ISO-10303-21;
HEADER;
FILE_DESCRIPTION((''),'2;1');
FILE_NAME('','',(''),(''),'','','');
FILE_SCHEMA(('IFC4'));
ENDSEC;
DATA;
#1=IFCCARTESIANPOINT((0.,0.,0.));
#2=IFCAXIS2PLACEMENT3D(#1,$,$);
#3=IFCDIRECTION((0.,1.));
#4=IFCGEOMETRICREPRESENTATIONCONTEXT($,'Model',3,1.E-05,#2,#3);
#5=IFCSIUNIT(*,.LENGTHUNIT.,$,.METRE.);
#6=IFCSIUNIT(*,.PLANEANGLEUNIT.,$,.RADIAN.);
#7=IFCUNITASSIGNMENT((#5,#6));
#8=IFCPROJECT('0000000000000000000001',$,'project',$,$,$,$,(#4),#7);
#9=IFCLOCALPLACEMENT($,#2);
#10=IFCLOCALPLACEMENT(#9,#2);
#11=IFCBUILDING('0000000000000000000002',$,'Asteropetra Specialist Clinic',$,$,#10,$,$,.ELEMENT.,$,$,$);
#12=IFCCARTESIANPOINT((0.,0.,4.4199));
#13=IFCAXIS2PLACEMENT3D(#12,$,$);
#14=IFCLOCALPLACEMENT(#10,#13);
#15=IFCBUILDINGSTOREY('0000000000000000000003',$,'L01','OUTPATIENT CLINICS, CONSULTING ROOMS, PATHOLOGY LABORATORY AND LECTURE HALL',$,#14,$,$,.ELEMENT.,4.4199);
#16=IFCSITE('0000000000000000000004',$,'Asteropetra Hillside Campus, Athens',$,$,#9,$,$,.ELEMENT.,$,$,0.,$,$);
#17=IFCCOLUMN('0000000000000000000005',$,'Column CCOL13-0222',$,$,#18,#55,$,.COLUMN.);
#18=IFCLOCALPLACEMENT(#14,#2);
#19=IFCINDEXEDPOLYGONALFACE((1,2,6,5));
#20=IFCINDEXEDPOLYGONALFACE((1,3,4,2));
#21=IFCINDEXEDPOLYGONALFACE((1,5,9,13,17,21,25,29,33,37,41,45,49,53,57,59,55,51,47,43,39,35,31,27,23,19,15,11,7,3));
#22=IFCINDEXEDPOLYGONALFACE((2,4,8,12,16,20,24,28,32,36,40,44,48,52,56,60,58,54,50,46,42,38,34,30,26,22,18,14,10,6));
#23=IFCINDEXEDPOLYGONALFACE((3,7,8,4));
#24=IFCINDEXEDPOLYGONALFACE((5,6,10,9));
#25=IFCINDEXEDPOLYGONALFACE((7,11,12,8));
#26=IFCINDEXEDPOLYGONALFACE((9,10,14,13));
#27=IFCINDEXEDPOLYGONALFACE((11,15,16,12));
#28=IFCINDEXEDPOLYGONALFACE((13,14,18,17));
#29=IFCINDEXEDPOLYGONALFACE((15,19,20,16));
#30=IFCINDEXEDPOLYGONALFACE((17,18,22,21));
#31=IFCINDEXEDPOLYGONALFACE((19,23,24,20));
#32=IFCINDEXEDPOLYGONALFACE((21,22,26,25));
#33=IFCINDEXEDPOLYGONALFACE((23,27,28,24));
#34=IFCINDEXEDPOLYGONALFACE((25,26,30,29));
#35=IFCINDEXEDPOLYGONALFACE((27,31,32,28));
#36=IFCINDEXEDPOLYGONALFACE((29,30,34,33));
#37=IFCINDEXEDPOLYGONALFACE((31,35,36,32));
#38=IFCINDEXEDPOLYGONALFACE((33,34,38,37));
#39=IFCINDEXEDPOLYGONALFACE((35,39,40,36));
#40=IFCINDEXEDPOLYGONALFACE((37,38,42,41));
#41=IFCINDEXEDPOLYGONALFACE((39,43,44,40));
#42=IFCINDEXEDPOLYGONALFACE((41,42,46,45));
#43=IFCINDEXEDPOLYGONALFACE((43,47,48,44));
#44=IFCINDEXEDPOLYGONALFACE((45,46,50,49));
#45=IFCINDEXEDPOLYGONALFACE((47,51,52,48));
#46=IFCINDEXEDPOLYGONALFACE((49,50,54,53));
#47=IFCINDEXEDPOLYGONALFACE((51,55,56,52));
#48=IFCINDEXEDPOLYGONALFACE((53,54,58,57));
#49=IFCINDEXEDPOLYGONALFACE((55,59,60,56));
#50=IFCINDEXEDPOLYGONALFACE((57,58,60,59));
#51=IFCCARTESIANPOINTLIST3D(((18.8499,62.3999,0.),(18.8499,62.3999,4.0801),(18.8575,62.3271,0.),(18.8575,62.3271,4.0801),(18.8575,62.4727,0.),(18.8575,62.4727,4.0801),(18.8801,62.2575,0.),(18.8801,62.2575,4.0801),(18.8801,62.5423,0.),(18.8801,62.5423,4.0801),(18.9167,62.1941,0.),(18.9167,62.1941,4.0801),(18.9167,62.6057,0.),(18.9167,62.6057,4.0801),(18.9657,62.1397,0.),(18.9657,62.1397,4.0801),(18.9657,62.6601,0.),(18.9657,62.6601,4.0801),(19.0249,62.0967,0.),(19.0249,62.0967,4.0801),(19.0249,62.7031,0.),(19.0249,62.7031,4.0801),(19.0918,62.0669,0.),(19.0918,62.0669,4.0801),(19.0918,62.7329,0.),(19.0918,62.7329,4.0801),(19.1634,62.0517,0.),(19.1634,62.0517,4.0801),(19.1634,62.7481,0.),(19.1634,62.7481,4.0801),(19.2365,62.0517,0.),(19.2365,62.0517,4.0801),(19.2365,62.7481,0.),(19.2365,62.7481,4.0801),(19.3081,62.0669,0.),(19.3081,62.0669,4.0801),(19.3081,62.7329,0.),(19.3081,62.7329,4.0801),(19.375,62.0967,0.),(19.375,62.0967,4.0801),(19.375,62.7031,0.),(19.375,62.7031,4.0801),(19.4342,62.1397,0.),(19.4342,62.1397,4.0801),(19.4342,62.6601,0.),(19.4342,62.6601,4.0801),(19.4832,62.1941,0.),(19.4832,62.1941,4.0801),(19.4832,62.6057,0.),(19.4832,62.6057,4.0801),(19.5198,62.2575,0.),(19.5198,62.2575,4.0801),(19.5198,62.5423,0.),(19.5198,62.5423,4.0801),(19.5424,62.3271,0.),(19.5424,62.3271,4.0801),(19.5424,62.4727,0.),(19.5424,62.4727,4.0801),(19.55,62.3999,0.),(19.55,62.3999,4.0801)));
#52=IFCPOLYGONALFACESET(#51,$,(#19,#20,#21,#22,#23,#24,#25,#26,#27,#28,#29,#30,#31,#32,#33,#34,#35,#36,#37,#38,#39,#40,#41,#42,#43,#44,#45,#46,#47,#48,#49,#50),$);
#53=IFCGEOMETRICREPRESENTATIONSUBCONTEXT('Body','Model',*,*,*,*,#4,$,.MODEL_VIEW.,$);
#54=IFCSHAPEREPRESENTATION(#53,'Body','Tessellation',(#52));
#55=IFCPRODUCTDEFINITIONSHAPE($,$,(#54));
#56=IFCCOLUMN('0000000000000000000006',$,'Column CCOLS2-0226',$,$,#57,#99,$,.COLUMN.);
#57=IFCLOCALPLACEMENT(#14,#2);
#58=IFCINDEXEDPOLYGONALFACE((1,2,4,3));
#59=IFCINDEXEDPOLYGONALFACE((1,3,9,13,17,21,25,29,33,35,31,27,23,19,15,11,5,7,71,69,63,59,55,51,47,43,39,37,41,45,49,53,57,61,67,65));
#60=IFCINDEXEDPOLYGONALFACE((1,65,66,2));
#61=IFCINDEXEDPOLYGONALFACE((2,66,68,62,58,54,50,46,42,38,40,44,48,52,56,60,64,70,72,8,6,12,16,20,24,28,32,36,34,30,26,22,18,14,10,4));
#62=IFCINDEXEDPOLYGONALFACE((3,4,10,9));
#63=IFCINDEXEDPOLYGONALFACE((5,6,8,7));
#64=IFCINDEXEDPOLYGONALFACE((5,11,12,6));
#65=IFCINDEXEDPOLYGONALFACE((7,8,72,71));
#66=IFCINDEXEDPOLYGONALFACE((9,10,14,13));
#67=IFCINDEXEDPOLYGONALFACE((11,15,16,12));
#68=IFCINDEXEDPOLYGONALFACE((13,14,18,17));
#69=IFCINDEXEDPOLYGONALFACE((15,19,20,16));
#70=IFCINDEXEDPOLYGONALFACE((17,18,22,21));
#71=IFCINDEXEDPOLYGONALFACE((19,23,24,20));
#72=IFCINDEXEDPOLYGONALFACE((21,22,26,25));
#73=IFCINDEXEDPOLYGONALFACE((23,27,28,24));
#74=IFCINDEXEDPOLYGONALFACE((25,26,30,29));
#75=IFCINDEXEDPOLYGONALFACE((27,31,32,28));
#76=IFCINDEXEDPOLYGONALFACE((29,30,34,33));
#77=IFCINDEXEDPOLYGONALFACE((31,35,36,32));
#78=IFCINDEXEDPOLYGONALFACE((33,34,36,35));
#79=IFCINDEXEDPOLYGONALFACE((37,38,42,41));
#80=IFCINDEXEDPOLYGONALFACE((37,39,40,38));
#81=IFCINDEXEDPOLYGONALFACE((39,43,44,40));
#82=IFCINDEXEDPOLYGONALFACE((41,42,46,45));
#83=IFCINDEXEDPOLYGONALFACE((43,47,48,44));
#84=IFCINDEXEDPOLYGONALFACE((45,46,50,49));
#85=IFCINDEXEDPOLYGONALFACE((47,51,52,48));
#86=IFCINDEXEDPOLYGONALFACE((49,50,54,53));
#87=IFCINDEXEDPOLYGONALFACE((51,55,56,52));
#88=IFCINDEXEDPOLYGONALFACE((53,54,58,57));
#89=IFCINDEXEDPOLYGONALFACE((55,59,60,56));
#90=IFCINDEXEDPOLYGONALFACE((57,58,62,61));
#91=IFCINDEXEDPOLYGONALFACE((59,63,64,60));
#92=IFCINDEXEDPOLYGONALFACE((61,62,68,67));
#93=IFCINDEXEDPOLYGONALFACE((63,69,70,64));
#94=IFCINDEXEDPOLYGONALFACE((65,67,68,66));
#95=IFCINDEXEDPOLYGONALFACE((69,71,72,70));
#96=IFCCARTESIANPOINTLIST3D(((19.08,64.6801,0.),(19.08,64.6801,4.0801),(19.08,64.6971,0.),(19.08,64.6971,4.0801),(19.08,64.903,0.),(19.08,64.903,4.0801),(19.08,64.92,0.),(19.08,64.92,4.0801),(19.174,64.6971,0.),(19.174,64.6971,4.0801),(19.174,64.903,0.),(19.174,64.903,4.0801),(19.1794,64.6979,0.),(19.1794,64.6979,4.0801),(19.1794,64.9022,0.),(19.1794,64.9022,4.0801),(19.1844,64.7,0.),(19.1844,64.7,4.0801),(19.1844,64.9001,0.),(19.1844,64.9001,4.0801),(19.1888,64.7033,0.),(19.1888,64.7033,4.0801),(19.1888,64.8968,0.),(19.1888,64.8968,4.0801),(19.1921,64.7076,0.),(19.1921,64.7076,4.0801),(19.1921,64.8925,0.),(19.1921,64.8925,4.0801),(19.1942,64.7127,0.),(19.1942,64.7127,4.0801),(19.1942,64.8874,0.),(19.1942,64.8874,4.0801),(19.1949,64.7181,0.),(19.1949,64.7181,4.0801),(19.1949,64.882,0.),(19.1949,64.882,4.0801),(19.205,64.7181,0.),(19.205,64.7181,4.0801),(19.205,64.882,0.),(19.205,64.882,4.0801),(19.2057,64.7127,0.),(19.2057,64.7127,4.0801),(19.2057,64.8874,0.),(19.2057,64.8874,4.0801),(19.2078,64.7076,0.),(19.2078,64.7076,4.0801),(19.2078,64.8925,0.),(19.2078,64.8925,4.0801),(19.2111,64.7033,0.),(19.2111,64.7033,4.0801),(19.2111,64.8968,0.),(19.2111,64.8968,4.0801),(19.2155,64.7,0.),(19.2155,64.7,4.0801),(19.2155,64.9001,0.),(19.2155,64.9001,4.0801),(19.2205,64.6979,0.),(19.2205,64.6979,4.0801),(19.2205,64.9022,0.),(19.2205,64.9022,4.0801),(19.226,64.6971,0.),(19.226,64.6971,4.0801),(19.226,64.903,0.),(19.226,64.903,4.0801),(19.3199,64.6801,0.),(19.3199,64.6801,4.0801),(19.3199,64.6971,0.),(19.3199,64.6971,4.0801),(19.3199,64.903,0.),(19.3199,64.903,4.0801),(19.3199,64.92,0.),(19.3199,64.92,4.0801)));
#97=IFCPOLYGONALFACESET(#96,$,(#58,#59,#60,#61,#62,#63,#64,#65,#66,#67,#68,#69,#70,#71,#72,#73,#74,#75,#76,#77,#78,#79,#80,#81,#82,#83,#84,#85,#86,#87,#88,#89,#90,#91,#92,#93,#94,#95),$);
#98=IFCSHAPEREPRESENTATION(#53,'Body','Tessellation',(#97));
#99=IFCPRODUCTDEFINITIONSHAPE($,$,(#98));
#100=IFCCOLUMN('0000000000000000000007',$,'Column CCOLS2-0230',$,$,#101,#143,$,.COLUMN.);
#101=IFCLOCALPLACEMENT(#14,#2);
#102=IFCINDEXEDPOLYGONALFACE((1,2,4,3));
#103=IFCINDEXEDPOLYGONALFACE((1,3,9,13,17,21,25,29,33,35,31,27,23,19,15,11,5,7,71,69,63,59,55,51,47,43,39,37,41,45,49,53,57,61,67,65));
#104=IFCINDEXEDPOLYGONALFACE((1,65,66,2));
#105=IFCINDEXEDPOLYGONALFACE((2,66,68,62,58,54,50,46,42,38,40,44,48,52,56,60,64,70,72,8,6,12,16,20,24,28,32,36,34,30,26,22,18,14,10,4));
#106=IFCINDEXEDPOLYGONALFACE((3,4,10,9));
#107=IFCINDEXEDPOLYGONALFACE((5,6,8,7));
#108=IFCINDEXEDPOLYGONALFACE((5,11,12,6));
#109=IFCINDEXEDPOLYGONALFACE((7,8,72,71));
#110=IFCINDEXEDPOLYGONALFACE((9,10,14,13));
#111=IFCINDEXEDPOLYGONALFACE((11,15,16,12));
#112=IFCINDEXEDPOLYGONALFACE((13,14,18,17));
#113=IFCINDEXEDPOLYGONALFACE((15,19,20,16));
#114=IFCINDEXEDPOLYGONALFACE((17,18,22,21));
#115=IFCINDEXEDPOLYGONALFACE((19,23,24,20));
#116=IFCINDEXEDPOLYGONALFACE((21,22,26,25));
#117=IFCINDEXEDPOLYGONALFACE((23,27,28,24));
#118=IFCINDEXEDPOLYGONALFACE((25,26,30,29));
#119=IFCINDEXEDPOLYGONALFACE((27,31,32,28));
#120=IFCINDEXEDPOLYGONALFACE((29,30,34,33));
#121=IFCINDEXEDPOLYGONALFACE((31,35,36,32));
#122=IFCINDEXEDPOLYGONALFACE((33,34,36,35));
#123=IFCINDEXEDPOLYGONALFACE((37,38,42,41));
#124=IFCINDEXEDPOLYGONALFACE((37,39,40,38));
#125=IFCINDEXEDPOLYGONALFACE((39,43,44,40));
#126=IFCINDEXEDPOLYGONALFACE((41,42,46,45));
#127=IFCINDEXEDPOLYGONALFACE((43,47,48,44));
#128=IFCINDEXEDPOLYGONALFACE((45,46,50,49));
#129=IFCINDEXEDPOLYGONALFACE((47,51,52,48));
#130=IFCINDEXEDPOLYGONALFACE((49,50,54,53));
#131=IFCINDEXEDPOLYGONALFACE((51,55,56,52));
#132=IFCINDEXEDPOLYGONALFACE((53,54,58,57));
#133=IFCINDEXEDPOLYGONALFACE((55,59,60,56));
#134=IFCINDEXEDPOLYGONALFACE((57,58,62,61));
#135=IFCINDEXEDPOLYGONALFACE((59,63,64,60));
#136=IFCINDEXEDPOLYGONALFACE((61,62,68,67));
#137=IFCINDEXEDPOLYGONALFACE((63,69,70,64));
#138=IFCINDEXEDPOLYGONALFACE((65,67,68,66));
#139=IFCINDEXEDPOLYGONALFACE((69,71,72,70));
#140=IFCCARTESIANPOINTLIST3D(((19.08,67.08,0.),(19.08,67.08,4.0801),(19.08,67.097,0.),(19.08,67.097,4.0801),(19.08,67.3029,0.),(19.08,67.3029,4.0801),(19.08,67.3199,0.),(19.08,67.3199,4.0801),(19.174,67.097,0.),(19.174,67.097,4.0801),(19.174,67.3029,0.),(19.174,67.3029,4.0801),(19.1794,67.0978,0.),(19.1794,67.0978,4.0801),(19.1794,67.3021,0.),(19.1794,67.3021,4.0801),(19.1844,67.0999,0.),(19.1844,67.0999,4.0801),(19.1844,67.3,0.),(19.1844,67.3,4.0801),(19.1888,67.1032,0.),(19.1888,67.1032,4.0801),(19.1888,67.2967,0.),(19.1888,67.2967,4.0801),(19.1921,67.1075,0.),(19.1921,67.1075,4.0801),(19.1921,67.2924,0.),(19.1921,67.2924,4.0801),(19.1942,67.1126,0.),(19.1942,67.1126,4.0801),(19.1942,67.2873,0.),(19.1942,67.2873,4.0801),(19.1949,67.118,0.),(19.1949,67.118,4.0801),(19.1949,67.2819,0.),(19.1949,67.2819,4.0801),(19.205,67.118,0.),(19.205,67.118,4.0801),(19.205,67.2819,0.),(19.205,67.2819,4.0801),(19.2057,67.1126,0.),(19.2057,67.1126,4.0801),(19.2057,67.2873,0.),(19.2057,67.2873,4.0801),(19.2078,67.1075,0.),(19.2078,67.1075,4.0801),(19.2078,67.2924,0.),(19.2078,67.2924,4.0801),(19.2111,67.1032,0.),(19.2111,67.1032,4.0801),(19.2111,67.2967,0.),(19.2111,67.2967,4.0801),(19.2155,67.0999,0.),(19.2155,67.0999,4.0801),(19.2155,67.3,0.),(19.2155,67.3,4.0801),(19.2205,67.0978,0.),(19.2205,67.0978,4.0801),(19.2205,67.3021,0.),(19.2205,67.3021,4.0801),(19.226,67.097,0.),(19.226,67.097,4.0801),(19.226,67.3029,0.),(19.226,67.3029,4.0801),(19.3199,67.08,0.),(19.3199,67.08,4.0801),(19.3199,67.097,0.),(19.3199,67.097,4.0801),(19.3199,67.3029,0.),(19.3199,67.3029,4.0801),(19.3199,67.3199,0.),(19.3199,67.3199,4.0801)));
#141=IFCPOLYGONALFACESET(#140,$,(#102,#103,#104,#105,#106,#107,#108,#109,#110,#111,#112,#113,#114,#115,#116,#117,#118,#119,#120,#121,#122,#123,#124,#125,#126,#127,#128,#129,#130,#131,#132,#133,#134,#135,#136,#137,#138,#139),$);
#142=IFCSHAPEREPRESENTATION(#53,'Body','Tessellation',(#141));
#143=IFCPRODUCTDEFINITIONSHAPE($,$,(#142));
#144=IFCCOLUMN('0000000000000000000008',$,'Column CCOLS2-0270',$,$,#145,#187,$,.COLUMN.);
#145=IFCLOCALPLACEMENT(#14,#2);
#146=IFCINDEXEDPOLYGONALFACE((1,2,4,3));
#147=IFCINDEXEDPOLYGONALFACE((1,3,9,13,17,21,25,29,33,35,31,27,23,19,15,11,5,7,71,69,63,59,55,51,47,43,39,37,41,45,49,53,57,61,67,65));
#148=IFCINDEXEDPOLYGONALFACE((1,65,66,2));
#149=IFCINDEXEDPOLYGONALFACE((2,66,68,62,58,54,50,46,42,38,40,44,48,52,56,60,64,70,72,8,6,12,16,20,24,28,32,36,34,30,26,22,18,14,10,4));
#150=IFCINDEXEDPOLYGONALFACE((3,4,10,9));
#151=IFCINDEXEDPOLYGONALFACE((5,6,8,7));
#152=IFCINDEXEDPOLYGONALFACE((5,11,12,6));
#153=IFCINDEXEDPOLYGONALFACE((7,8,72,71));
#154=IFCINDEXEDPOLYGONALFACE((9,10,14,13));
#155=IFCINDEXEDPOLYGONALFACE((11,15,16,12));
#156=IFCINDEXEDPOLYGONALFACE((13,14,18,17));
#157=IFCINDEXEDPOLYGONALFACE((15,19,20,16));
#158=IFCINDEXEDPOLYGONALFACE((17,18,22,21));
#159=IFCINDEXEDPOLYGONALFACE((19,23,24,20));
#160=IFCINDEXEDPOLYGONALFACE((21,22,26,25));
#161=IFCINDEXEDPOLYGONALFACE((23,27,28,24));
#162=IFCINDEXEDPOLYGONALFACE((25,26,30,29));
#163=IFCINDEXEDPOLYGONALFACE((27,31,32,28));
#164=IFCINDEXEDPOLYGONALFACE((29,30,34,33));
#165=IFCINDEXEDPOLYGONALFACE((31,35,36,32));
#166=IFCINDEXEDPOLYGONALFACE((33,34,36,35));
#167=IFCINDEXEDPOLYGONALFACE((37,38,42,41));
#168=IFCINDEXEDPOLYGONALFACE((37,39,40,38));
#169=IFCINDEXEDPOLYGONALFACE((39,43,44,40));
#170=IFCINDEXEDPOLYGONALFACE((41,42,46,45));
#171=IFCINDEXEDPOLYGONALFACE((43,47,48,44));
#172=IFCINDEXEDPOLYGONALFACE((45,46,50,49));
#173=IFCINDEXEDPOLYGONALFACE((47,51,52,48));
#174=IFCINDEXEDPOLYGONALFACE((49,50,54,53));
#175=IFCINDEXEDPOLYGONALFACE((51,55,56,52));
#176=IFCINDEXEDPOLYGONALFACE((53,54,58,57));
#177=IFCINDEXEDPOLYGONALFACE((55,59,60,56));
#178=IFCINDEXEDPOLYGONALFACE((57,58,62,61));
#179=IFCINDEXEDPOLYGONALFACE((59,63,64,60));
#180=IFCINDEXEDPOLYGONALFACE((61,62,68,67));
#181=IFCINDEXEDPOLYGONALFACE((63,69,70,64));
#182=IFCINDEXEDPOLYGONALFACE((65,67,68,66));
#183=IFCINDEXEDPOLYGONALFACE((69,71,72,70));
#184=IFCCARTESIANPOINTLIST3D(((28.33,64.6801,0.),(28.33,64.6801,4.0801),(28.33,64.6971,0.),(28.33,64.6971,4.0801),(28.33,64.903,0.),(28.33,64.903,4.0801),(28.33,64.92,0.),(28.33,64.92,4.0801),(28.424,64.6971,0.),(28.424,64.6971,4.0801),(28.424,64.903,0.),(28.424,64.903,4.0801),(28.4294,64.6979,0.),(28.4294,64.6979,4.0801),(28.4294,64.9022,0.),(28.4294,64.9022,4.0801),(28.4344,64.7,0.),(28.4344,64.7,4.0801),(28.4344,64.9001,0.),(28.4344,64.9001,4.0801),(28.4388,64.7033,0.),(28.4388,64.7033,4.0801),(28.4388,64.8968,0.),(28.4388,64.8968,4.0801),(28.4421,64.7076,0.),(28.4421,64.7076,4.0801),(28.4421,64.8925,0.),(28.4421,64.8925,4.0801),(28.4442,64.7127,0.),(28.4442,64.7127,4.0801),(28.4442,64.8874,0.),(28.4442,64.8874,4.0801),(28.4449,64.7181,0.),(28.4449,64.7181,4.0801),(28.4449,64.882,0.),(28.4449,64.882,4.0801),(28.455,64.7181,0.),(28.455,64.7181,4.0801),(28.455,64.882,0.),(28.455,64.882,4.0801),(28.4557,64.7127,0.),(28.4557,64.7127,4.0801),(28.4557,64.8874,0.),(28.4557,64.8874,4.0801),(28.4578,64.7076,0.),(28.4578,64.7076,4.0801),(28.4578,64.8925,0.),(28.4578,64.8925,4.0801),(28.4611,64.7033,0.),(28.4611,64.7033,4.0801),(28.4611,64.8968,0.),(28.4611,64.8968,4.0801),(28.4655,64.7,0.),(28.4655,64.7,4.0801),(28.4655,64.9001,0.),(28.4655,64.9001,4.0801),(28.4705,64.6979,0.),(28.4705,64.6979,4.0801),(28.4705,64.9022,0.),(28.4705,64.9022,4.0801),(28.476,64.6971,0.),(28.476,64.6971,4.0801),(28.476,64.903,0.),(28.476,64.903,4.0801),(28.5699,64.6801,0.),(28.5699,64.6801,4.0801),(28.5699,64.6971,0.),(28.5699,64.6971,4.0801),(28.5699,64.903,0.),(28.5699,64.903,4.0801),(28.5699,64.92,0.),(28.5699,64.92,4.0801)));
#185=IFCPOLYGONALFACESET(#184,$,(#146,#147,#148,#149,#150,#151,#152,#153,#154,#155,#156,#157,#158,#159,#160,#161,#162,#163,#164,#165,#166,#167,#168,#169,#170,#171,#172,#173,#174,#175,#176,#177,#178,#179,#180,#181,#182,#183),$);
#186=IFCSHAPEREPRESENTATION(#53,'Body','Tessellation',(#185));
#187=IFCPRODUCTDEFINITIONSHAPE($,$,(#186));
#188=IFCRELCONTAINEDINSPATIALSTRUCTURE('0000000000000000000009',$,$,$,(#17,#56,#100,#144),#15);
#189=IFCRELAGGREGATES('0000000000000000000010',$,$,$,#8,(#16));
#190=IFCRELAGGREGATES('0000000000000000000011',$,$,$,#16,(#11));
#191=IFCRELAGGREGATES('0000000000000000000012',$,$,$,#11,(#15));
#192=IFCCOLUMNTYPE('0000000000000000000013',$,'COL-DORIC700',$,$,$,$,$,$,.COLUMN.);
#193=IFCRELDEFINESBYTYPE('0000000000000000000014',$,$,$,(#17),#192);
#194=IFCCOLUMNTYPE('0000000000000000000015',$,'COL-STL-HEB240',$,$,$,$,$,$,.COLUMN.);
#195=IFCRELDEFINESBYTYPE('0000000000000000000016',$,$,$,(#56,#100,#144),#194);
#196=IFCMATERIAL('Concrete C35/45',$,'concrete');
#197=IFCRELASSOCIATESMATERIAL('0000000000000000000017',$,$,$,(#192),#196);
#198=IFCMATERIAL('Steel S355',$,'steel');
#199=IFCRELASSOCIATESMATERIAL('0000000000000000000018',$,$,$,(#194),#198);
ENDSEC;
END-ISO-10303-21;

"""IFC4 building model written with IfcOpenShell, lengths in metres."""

from ifc_helpers import new_model, si_unit, direction, frame, origin, origin_2d, place, context, subcontext, project, spatial, circle, i_section, extrude, material, material_profile, profile_set, type_object, element, save


model = new_model("IFC4")

# Units and contexts
model_context = context("Model", 3, precision=1e-05, world=origin(), true_north=direction((0.0, 1.0)))
body_context = subcontext(model_context, "Body", "Model", "MODEL_VIEW")
ifc_project = project(units=[si_unit("LENGTHUNIT", "METRE"), si_unit("PLANEANGLEUNIT", "RADIAN")], contexts=[model_context])

# Site, building, storey
site_placement = place(None, origin())
site = spatial("IfcSite", under=ifc_project, at=site_placement, Name="Asteropetra Hillside Campus, Athens", CompositionType="ELEMENT", RefElevation=0.0)
building_placement = place(site_placement, origin())
building = spatial("IfcBuilding", under=site, at=building_placement, Name="Asteropetra Specialist Clinic", CompositionType="ELEMENT")
storey_placement = place(building_placement, frame((0.0, 0.0, 4.4199)))
storey = spatial("IfcBuildingStorey", under=building, at=storey_placement, Name="L01", Description="OUTPATIENT CLINICS, CONSULTING ROOMS, PATHOLOGY LABORATORY AND LECTURE HALL", CompositionType="ELEMENT", Elevation=4.4199)

# Columns
ifc_material_1 = material(Name="Concrete C35/45", Category="concrete")
ifc_material_profile_1 = material_profile(ifc_material_1, circle(Radius=0.3501, at=origin_2d()), Name="RCC D700")
ifc_profile_set_1 = profile_set([ifc_material_profile_1], Name="Concrete C35/45")
column_type_1 = type_object("IfcColumnType", Name="COL-DORIC700", PredefinedType="COLUMN", material=ifc_profile_set_1)
column_placement = place(storey_placement, frame((19.2, 62.3999, 0.0), z_axis=(0.0, 0.0, 1.0), x_axis=(1.0, 0.0, 0.0)))
element("IfcColumn", 1, at=column_placement, inside=storey, type_object=column_type_1, Name="Column CCOL13-0222", PredefinedType="COLUMN", context=body_context, shape_type="SweptSolid", body=[
    extrude(circle(Radius=0.3501, at=origin_2d()), origin(), (0.0, 0.0, 1.0), 4.0801),
])
ifc_material_2 = material(Name="Steel S355", Category="steel")
ifc_material_profile_2 = material_profile(ifc_material_2, i_section(OverallWidth=0.24, OverallDepth=0.24, WebThickness=0.01, FlangeThickness=0.0171, FilletRadius=0.021, at=origin_2d()), Name="HEB 240")
ifc_profile_set_2 = profile_set([ifc_material_profile_2], Name="Steel S355")
column_type_2 = type_object("IfcColumnType", Name="COL-STL-HEB240", PredefinedType="COLUMN", material=ifc_profile_set_2)
for number, where, z_axis, x_axis, name in (
    (2, (19.2, 64.8, 0.0), (0.0, 0.0, 1.0), (1.0, 0.0, 0.0), "Column CCOLS2-0226"),
    (3, (19.2, 67.2, 0.0), (0.0, 0.0, 1.0), (1.0, 0.0, 0.0), "Column CCOLS2-0230"),
    (4, (28.45, 64.8, 0.0), (0.0, 0.0, 1.0), (1.0, 0.0, 0.0), "Column CCOLS2-0270"),
):
    element("IfcColumn", number, at=place(storey_placement, frame(where, z_axis=z_axis, x_axis=x_axis)), inside=storey, type_object=column_type_2, Name=name, PredefinedType="COLUMN", context=body_context, shape_type="SweptSolid", body=[
        extrude(i_section(OverallWidth=0.24, OverallDepth=0.24, WebThickness=0.01, FlangeThickness=0.0171, FilletRadius=0.021, at=origin_2d()), origin(), (0.0, 0.0, 1.0), 4.0801),
    ])

save(model, "model.ifc")
